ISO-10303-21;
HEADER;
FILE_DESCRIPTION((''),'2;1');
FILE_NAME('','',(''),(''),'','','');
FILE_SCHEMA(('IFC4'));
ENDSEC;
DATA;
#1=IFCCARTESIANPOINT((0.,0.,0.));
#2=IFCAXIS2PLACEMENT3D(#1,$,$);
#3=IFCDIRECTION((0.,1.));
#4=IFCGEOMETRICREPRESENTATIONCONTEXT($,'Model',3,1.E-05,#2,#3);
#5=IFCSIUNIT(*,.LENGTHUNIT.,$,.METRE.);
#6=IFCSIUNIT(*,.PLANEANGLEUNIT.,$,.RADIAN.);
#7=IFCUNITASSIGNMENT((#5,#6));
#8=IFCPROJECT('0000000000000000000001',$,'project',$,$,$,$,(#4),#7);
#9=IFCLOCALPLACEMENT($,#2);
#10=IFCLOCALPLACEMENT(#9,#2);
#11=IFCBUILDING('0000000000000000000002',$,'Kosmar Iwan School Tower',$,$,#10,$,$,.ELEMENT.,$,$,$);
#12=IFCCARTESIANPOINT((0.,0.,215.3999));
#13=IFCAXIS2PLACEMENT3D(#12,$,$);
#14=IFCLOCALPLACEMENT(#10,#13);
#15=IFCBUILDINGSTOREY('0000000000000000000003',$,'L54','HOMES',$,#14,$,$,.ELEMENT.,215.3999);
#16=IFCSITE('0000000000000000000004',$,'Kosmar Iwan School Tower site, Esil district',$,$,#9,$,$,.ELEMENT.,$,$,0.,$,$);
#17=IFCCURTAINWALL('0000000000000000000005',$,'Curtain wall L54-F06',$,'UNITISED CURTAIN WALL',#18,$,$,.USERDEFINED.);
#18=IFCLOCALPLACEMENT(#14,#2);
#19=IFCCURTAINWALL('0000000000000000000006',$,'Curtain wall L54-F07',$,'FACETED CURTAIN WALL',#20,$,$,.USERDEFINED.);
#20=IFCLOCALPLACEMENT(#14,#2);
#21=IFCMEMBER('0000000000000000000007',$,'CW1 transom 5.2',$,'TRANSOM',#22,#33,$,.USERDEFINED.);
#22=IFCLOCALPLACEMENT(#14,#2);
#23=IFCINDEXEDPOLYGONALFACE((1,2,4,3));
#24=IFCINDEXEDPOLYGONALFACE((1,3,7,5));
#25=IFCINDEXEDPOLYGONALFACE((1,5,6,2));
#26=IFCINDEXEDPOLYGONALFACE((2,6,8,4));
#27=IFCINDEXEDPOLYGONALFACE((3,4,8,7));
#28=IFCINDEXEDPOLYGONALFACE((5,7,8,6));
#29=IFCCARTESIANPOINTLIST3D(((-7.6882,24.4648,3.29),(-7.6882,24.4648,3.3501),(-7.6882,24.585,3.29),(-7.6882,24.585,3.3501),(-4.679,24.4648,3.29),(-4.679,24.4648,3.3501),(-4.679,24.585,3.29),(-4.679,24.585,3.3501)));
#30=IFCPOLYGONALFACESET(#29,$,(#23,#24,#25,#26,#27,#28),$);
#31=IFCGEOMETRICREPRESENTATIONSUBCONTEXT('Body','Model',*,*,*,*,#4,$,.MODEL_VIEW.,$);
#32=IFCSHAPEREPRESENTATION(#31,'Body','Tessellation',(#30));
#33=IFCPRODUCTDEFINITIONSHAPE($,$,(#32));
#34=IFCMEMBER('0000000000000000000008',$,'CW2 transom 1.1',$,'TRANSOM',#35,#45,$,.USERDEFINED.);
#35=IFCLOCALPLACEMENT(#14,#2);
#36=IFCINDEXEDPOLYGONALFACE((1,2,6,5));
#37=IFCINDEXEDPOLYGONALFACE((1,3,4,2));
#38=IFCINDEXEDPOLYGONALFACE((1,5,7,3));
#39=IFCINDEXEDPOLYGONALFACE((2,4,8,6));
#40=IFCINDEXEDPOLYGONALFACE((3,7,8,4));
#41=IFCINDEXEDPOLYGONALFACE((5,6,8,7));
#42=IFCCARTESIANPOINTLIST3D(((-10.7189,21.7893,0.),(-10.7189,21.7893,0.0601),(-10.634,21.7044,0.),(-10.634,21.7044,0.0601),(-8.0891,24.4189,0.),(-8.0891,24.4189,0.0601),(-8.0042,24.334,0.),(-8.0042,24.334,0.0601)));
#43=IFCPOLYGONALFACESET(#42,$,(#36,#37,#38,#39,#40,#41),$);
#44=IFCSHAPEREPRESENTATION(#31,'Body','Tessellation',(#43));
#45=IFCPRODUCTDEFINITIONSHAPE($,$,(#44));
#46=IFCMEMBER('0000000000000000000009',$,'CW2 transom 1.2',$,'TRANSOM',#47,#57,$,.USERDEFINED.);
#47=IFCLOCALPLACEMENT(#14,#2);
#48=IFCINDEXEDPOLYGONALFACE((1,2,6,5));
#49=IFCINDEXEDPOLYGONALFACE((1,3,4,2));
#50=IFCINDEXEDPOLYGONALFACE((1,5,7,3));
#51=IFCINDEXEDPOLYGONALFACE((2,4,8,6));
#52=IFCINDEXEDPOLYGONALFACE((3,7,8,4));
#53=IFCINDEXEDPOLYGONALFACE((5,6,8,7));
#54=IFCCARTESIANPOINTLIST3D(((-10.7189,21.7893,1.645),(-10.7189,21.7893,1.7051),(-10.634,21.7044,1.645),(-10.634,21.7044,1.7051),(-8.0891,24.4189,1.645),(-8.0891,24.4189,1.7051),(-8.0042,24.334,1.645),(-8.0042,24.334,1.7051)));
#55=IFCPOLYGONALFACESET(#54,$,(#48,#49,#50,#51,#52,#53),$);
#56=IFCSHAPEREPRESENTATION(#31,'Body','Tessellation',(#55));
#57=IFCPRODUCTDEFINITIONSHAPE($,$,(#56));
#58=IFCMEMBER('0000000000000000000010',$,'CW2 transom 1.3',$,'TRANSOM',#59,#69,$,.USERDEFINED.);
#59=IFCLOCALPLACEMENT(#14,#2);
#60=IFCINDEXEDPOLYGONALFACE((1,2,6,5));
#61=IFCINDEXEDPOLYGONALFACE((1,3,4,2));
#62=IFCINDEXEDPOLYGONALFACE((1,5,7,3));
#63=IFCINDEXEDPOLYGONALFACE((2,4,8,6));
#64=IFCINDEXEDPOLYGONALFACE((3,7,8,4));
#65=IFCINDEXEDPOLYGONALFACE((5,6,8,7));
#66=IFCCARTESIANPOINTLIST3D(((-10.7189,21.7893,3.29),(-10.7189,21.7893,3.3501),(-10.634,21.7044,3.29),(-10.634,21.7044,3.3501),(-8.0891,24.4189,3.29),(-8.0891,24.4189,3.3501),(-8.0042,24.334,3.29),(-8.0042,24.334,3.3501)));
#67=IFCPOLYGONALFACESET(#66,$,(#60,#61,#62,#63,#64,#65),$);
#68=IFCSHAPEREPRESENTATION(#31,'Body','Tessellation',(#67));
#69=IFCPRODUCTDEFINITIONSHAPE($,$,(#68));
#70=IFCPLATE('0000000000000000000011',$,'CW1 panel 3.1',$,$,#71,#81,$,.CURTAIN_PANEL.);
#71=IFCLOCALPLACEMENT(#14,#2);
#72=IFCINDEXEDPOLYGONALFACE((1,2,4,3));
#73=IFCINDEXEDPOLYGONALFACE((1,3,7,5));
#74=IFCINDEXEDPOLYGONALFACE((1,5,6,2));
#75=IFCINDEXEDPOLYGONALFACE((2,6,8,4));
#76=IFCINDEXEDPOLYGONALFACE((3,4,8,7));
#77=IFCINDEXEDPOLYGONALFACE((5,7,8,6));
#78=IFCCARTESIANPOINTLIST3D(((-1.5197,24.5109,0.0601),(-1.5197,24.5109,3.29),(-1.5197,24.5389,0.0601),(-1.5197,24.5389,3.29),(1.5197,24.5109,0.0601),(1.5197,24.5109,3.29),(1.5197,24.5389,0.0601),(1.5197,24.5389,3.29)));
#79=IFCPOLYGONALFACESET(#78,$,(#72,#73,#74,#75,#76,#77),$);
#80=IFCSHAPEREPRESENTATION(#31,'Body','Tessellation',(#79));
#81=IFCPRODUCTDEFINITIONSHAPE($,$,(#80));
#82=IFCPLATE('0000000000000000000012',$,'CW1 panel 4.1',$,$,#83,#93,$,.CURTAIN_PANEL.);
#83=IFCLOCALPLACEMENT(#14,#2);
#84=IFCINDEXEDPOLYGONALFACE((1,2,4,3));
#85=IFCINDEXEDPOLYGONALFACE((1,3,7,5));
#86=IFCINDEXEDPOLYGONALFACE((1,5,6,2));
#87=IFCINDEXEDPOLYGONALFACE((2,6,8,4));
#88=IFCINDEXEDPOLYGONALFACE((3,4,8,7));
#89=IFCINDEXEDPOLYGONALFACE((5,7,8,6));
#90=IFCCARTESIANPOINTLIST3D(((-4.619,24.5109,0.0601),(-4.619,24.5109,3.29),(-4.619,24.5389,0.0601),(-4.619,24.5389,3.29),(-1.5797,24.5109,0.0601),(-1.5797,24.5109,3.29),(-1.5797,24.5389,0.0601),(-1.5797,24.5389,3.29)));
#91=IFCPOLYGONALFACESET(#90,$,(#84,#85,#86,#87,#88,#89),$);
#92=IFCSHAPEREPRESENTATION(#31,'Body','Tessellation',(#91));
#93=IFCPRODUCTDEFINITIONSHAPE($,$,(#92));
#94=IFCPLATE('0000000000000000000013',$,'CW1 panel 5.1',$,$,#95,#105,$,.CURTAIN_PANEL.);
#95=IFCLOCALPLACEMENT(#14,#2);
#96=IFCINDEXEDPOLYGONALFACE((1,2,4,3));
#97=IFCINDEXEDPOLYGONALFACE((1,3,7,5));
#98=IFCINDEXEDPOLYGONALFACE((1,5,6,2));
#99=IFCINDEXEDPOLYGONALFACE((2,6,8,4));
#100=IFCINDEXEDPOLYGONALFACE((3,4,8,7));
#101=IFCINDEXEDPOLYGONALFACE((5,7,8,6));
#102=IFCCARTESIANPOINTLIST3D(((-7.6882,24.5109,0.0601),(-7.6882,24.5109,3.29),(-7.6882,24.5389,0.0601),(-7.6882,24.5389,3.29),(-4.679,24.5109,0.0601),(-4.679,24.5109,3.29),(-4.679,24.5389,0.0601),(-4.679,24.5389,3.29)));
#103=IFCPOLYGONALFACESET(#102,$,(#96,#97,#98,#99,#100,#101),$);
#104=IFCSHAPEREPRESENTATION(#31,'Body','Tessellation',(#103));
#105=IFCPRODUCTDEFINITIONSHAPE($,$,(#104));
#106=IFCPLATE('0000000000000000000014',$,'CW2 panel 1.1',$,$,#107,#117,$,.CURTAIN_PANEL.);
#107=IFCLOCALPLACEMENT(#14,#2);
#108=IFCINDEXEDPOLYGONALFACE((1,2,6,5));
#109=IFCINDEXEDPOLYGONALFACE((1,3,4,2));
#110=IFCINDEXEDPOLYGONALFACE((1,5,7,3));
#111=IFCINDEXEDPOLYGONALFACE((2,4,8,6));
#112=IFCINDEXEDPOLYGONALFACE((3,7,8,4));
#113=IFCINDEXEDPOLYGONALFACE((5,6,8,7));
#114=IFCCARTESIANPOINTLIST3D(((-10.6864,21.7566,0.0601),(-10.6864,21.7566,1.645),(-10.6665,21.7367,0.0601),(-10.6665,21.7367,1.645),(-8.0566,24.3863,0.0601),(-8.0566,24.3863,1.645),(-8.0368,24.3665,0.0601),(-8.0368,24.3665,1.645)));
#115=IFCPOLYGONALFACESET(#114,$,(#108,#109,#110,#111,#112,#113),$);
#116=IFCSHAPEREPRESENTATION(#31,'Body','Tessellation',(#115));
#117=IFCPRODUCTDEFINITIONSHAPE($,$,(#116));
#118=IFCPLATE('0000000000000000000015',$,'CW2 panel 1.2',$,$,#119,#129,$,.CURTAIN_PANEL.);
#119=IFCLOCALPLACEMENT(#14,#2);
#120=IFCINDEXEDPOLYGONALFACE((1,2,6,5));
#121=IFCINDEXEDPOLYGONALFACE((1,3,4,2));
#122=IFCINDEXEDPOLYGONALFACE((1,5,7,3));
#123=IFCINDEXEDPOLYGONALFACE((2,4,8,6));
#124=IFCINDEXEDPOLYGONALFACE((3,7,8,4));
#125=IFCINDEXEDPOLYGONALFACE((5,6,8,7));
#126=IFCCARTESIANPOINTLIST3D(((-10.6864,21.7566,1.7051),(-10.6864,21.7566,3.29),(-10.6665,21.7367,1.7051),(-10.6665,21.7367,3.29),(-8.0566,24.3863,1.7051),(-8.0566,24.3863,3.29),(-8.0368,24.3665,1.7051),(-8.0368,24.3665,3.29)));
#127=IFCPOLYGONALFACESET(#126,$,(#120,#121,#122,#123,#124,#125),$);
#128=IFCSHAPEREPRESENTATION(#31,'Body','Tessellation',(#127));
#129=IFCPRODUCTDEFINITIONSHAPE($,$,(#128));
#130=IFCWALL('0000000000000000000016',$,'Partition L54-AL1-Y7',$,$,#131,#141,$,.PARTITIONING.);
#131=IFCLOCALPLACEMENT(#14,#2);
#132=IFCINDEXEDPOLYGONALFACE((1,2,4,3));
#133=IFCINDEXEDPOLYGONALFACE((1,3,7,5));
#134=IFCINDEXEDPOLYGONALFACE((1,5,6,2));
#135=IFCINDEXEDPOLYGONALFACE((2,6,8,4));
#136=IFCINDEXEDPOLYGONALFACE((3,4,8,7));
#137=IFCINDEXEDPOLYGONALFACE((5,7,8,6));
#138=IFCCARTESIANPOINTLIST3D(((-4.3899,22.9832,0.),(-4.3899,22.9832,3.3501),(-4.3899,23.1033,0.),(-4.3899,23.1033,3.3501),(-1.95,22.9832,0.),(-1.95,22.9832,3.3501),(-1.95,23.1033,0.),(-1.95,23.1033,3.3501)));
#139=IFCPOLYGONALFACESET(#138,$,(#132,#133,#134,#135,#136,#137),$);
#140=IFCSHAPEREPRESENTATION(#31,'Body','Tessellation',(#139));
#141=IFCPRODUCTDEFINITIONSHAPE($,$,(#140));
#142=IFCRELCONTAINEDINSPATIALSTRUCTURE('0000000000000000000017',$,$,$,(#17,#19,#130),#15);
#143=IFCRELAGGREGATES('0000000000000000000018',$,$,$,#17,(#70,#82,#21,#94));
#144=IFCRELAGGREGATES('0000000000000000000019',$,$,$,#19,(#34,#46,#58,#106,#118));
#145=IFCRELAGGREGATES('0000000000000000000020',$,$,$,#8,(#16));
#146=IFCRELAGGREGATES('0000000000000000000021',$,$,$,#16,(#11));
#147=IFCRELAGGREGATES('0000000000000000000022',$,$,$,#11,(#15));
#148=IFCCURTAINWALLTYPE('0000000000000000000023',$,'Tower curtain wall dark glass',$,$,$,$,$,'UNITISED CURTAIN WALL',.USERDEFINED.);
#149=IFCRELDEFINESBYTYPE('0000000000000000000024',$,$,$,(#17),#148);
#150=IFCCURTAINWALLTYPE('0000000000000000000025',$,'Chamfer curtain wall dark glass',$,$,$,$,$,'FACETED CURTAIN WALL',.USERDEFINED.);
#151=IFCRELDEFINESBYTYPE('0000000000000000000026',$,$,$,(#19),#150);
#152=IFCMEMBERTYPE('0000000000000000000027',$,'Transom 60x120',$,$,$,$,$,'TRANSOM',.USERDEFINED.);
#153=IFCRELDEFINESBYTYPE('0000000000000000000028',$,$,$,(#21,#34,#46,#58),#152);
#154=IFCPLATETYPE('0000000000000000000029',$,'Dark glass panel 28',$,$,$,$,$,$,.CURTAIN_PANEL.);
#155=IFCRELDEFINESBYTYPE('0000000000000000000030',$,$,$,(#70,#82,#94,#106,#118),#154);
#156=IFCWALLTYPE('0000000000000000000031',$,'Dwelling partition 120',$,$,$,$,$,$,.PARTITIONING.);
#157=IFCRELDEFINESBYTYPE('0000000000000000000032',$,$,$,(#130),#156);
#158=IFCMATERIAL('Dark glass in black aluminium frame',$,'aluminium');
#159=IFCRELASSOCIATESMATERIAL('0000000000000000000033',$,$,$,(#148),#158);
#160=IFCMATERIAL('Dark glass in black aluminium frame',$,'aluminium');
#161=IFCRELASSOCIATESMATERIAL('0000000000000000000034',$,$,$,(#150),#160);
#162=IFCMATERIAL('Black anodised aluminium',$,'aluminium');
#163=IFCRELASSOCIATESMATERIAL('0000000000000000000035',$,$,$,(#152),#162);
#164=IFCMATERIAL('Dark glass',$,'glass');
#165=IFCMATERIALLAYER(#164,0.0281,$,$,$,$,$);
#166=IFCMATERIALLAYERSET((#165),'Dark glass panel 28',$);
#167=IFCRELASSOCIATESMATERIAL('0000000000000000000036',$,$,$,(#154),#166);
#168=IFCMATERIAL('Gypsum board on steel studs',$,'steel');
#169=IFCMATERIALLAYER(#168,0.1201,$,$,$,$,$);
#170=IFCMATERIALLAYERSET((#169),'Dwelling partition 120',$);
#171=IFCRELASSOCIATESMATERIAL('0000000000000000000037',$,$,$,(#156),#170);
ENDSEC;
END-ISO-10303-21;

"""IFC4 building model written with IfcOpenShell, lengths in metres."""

from ifc_helpers import new_model, si_unit, direction, frame, frame_2d, origin, origin_2d, place, context, subcontext, project, spatial, rectangle, extrude, material, layer, layer_set, material_profile, profile_set, type_object, element, aggregate, save


model = new_model("IFC4")

# Units and contexts
model_context = context("Model", 3, precision=1e-05, world=origin(), true_north=direction((0.0, 1.0)))
body_context = subcontext(model_context, "Body", "Model", "MODEL_VIEW")
ifc_project = project(units=[si_unit("LENGTHUNIT", "METRE"), si_unit("PLANEANGLEUNIT", "RADIAN")], contexts=[model_context])

# Site, building, storey
site_placement = place(None, origin())
site = spatial("IfcSite", under=ifc_project, at=site_placement, Name="Kosmar Iwan School Tower site, Esil district", CompositionType="ELEMENT", RefElevation=0.0)
building_placement = place(site_placement, origin())
building = spatial("IfcBuilding", under=site, at=building_placement, Name="Kosmar Iwan School Tower", CompositionType="ELEMENT")
storey_placement = place(building_placement, frame((0.0, 0.0, 215.3999)))
storey = spatial("IfcBuildingStorey", under=building, at=storey_placement, Name="L54", Description="HOMES", CompositionType="ELEMENT", Elevation=215.3999)

# Curtain wall
ifc_material_1 = material(Name="Dark glass in black aluminium frame", Category="aluminium")
curtain_wall_type_1 = type_object("IfcCurtainWallType", Name="Tower curtain wall dark glass", ElementType="UNITISED CURTAIN WALL", PredefinedType="USERDEFINED", material=ifc_material_1)
curtain_wall_1_placement = place(storey_placement, origin())
curtain_wall_1 = element("IfcCurtainWall", 1, at=curtain_wall_1_placement, inside=storey, type_object=curtain_wall_type_1, Name="Curtain wall L54-F06", ObjectType="UNITISED CURTAIN WALL", PredefinedType="USERDEFINED")

# Curtain wall
ifc_material_2 = material(Name="Dark glass in black aluminium frame", Category="aluminium")
curtain_wall_type_2 = type_object("IfcCurtainWallType", Name="Chamfer curtain wall dark glass", ElementType="FACETED CURTAIN WALL", PredefinedType="USERDEFINED", material=ifc_material_2)
curtain_wall_2_placement = place(storey_placement, origin())
curtain_wall_2 = element("IfcCurtainWall", 2, at=curtain_wall_2_placement, inside=storey, type_object=curtain_wall_type_2, Name="Curtain wall L54-F07", ObjectType="FACETED CURTAIN WALL", PredefinedType="USERDEFINED")

# Members
ifc_material_3 = material(Name="Black anodised aluminium", Category="aluminium")
ifc_material_profile_1 = material_profile(ifc_material_3, rectangle(XDim=0.1201, YDim=0.0601, at=origin_2d()), Name="TRANSOM 60x120")
ifc_profile_set_1 = profile_set([ifc_material_profile_1], Name="Black anodised aluminium")
member_type_1 = type_object("IfcMemberType", Name="Transom 60x120", ElementType="TRANSOM", PredefinedType="USERDEFINED", material=ifc_profile_set_1)
member_1_placement = place(storey_placement, frame((-4.679, 24.5249, 3.3201), z_axis=(-1.0, 0.0, 0.0), x_axis=(0.0, -1.0, 0.0)))
member_1 = element("IfcMember", 3, at=member_1_placement, type_object=member_type_1, Name="CW1 transom 5.2", ObjectType="TRANSOM", PredefinedType="USERDEFINED", context=body_context, shape_type="SweptSolid", body=[
    extrude(rectangle(XDim=0.1201, YDim=0.0601, at=origin_2d()), origin(), (0.0, 0.0, 1.0), 3.0093),
])
member_2_placement = place(storey_placement, frame((-8.0466, 24.3765, 0.03), z_axis=(-0.70714, -0.707074, 0.0), x_axis=(0.707074, -0.70714, 0.0)))
member_2 = element("IfcMember", 4, at=member_2_placement, type_object=member_type_1, Name="CW2 transom 1.1", ObjectType="TRANSOM", PredefinedType="USERDEFINED", context=body_context, shape_type="SweptSolid", body=[
    extrude(rectangle(XDim=0.1201, YDim=0.0601, at=origin_2d()), origin(), (0.0, 0.0, 1.0), 3.719),
])
member_3_placement = place(storey_placement, frame((-8.0466, 24.3765, 1.675), z_axis=(-0.70714, -0.707074, 0.0), x_axis=(0.707074, -0.70714, 0.0)))
member_3 = element("IfcMember", 5, at=member_3_placement, type_object=member_type_1, Name="CW2 transom 1.2", ObjectType="TRANSOM", PredefinedType="USERDEFINED", context=body_context, shape_type="SweptSolid", body=[
    extrude(rectangle(XDim=0.1201, YDim=0.0601, at=origin_2d()), origin(), (0.0, 0.0, 1.0), 3.719),
])
member_4_placement = place(storey_placement, frame((-8.0466, 24.3765, 3.3201), z_axis=(-0.70714, -0.707074, 0.0), x_axis=(0.707074, -0.70714, 0.0)))
member_4 = element("IfcMember", 6, at=member_4_placement, type_object=member_type_1, Name="CW2 transom 1.3", ObjectType="TRANSOM", PredefinedType="USERDEFINED", context=body_context, shape_type="SweptSolid", body=[
    extrude(rectangle(XDim=0.1201, YDim=0.0601, at=origin_2d()), origin(), (0.0, 0.0, 1.0), 3.719),
])

# Plates
ifc_material_4 = material(Name="Dark glass", Category="glass")
ifc_layer_1 = layer(ifc_material_4, 0.0281)
ifc_layer_set_1 = layer_set([ifc_layer_1], Name="Dark glass panel 28")
plate_type = type_object("IfcPlateType", Name="Dark glass panel 28", PredefinedType="CURTAIN_PANEL", material=ifc_layer_set_1)
plate_1_placement = place(storey_placement, frame((0.0, 24.5249, 0.0601), z_axis=(0.0, 0.0, 1.0), x_axis=(-1.0, 0.0, 0.0)))
plate_1 = element("IfcPlate", 7, at=plate_1_placement, type_object=plate_type, Name="CW1 panel 3.1", PredefinedType="CURTAIN_PANEL", context=body_context, shape_type="SweptSolid", body=[
    extrude(rectangle(XDim=3.0393, YDim=0.0281, at=origin_2d()), origin(), (0.0, 0.0, 1.0), 3.23),
])
plate_2_placement = place(storey_placement, frame((-3.0994, 24.5249, 0.0601), z_axis=(0.0, 0.0, 1.0), x_axis=(-1.0, 0.0, 0.0)))
plate_2 = element("IfcPlate", 8, at=plate_2_placement, type_object=plate_type, Name="CW1 panel 4.1", PredefinedType="CURTAIN_PANEL", context=body_context, shape_type="SweptSolid", body=[
    extrude(rectangle(XDim=3.0393, YDim=0.0281, at=origin_2d()), origin(), (0.0, 0.0, 1.0), 3.23),
])
plate_3_placement = place(storey_placement, frame((-6.1836, 24.5249, 0.0601), z_axis=(0.0, 0.0, 1.0), x_axis=(-1.0, 0.0, 0.0)))
plate_3 = element("IfcPlate", 9, at=plate_3_placement, type_object=plate_type, Name="CW1 panel 5.1", PredefinedType="CURTAIN_PANEL", context=body_context, shape_type="SweptSolid", body=[
    extrude(rectangle(XDim=3.0093, YDim=0.0281, at=origin_2d()), origin(), (0.0, 0.0, 1.0), 3.23),
])
aggregate(curtain_wall_1, [plate_1, plate_2, member_1, plate_3])
plate_4_placement = place(storey_placement, frame((-9.3616, 23.0615, 0.0601), z_axis=(0.0, 0.0, 1.0), x_axis=(-0.707107, -0.707107, 0.0)))
plate_4 = element("IfcPlate", 10, at=plate_4_placement, type_object=plate_type, Name="CW2 panel 1.1", PredefinedType="CURTAIN_PANEL", context=body_context, shape_type="SweptSolid", body=[
    extrude(rectangle(XDim=3.719, YDim=0.0281, at=origin_2d()), origin(), (0.0, 0.0, 1.0), 1.585),
])
plate_5_placement = place(storey_placement, frame((-9.3616, 23.0615, 1.7051), z_axis=(0.0, 0.0, 1.0), x_axis=(-0.707107, -0.707107, 0.0)))
plate_5 = element("IfcPlate", 11, at=plate_5_placement, type_object=plate_type, Name="CW2 panel 1.2", PredefinedType="CURTAIN_PANEL", context=body_context, shape_type="SweptSolid", body=[
    extrude(rectangle(XDim=3.719, YDim=0.0281, at=origin_2d()), origin(), (0.0, 0.0, 1.0), 1.585),
])
aggregate(curtain_wall_2, [member_2, member_3, member_4, plate_4, plate_5])

# Wall
ifc_material_5 = material(Name="Gypsum board on steel studs", Category="steel")
ifc_layer_2 = layer(ifc_material_5, 0.1201)
ifc_layer_set_2 = layer_set([ifc_layer_2], Name="Dwelling partition 120")
wall_type = type_object("IfcWallType", Name="Dwelling partition 120", PredefinedType="PARTITIONING", material=ifc_layer_set_2)
wall_placement = place(storey_placement, frame((-1.95, 23.0432, 0.0), z_axis=(0.0, 0.0, 1.0), x_axis=(-1.0, 0.0, 0.0)))
element("IfcWall", 12, at=wall_placement, inside=storey, type_object=wall_type, Name="Partition L54-AL1-Y7", PredefinedType="PARTITIONING", context=body_context, shape_type="SweptSolid", body=[
    extrude(rectangle(XDim=2.4399, YDim=0.1201, at=frame_2d((1.22, 0.0))), origin(), (0.0, 0.0, 1.0), 3.3501),
])

save(model, "model.ifc")
